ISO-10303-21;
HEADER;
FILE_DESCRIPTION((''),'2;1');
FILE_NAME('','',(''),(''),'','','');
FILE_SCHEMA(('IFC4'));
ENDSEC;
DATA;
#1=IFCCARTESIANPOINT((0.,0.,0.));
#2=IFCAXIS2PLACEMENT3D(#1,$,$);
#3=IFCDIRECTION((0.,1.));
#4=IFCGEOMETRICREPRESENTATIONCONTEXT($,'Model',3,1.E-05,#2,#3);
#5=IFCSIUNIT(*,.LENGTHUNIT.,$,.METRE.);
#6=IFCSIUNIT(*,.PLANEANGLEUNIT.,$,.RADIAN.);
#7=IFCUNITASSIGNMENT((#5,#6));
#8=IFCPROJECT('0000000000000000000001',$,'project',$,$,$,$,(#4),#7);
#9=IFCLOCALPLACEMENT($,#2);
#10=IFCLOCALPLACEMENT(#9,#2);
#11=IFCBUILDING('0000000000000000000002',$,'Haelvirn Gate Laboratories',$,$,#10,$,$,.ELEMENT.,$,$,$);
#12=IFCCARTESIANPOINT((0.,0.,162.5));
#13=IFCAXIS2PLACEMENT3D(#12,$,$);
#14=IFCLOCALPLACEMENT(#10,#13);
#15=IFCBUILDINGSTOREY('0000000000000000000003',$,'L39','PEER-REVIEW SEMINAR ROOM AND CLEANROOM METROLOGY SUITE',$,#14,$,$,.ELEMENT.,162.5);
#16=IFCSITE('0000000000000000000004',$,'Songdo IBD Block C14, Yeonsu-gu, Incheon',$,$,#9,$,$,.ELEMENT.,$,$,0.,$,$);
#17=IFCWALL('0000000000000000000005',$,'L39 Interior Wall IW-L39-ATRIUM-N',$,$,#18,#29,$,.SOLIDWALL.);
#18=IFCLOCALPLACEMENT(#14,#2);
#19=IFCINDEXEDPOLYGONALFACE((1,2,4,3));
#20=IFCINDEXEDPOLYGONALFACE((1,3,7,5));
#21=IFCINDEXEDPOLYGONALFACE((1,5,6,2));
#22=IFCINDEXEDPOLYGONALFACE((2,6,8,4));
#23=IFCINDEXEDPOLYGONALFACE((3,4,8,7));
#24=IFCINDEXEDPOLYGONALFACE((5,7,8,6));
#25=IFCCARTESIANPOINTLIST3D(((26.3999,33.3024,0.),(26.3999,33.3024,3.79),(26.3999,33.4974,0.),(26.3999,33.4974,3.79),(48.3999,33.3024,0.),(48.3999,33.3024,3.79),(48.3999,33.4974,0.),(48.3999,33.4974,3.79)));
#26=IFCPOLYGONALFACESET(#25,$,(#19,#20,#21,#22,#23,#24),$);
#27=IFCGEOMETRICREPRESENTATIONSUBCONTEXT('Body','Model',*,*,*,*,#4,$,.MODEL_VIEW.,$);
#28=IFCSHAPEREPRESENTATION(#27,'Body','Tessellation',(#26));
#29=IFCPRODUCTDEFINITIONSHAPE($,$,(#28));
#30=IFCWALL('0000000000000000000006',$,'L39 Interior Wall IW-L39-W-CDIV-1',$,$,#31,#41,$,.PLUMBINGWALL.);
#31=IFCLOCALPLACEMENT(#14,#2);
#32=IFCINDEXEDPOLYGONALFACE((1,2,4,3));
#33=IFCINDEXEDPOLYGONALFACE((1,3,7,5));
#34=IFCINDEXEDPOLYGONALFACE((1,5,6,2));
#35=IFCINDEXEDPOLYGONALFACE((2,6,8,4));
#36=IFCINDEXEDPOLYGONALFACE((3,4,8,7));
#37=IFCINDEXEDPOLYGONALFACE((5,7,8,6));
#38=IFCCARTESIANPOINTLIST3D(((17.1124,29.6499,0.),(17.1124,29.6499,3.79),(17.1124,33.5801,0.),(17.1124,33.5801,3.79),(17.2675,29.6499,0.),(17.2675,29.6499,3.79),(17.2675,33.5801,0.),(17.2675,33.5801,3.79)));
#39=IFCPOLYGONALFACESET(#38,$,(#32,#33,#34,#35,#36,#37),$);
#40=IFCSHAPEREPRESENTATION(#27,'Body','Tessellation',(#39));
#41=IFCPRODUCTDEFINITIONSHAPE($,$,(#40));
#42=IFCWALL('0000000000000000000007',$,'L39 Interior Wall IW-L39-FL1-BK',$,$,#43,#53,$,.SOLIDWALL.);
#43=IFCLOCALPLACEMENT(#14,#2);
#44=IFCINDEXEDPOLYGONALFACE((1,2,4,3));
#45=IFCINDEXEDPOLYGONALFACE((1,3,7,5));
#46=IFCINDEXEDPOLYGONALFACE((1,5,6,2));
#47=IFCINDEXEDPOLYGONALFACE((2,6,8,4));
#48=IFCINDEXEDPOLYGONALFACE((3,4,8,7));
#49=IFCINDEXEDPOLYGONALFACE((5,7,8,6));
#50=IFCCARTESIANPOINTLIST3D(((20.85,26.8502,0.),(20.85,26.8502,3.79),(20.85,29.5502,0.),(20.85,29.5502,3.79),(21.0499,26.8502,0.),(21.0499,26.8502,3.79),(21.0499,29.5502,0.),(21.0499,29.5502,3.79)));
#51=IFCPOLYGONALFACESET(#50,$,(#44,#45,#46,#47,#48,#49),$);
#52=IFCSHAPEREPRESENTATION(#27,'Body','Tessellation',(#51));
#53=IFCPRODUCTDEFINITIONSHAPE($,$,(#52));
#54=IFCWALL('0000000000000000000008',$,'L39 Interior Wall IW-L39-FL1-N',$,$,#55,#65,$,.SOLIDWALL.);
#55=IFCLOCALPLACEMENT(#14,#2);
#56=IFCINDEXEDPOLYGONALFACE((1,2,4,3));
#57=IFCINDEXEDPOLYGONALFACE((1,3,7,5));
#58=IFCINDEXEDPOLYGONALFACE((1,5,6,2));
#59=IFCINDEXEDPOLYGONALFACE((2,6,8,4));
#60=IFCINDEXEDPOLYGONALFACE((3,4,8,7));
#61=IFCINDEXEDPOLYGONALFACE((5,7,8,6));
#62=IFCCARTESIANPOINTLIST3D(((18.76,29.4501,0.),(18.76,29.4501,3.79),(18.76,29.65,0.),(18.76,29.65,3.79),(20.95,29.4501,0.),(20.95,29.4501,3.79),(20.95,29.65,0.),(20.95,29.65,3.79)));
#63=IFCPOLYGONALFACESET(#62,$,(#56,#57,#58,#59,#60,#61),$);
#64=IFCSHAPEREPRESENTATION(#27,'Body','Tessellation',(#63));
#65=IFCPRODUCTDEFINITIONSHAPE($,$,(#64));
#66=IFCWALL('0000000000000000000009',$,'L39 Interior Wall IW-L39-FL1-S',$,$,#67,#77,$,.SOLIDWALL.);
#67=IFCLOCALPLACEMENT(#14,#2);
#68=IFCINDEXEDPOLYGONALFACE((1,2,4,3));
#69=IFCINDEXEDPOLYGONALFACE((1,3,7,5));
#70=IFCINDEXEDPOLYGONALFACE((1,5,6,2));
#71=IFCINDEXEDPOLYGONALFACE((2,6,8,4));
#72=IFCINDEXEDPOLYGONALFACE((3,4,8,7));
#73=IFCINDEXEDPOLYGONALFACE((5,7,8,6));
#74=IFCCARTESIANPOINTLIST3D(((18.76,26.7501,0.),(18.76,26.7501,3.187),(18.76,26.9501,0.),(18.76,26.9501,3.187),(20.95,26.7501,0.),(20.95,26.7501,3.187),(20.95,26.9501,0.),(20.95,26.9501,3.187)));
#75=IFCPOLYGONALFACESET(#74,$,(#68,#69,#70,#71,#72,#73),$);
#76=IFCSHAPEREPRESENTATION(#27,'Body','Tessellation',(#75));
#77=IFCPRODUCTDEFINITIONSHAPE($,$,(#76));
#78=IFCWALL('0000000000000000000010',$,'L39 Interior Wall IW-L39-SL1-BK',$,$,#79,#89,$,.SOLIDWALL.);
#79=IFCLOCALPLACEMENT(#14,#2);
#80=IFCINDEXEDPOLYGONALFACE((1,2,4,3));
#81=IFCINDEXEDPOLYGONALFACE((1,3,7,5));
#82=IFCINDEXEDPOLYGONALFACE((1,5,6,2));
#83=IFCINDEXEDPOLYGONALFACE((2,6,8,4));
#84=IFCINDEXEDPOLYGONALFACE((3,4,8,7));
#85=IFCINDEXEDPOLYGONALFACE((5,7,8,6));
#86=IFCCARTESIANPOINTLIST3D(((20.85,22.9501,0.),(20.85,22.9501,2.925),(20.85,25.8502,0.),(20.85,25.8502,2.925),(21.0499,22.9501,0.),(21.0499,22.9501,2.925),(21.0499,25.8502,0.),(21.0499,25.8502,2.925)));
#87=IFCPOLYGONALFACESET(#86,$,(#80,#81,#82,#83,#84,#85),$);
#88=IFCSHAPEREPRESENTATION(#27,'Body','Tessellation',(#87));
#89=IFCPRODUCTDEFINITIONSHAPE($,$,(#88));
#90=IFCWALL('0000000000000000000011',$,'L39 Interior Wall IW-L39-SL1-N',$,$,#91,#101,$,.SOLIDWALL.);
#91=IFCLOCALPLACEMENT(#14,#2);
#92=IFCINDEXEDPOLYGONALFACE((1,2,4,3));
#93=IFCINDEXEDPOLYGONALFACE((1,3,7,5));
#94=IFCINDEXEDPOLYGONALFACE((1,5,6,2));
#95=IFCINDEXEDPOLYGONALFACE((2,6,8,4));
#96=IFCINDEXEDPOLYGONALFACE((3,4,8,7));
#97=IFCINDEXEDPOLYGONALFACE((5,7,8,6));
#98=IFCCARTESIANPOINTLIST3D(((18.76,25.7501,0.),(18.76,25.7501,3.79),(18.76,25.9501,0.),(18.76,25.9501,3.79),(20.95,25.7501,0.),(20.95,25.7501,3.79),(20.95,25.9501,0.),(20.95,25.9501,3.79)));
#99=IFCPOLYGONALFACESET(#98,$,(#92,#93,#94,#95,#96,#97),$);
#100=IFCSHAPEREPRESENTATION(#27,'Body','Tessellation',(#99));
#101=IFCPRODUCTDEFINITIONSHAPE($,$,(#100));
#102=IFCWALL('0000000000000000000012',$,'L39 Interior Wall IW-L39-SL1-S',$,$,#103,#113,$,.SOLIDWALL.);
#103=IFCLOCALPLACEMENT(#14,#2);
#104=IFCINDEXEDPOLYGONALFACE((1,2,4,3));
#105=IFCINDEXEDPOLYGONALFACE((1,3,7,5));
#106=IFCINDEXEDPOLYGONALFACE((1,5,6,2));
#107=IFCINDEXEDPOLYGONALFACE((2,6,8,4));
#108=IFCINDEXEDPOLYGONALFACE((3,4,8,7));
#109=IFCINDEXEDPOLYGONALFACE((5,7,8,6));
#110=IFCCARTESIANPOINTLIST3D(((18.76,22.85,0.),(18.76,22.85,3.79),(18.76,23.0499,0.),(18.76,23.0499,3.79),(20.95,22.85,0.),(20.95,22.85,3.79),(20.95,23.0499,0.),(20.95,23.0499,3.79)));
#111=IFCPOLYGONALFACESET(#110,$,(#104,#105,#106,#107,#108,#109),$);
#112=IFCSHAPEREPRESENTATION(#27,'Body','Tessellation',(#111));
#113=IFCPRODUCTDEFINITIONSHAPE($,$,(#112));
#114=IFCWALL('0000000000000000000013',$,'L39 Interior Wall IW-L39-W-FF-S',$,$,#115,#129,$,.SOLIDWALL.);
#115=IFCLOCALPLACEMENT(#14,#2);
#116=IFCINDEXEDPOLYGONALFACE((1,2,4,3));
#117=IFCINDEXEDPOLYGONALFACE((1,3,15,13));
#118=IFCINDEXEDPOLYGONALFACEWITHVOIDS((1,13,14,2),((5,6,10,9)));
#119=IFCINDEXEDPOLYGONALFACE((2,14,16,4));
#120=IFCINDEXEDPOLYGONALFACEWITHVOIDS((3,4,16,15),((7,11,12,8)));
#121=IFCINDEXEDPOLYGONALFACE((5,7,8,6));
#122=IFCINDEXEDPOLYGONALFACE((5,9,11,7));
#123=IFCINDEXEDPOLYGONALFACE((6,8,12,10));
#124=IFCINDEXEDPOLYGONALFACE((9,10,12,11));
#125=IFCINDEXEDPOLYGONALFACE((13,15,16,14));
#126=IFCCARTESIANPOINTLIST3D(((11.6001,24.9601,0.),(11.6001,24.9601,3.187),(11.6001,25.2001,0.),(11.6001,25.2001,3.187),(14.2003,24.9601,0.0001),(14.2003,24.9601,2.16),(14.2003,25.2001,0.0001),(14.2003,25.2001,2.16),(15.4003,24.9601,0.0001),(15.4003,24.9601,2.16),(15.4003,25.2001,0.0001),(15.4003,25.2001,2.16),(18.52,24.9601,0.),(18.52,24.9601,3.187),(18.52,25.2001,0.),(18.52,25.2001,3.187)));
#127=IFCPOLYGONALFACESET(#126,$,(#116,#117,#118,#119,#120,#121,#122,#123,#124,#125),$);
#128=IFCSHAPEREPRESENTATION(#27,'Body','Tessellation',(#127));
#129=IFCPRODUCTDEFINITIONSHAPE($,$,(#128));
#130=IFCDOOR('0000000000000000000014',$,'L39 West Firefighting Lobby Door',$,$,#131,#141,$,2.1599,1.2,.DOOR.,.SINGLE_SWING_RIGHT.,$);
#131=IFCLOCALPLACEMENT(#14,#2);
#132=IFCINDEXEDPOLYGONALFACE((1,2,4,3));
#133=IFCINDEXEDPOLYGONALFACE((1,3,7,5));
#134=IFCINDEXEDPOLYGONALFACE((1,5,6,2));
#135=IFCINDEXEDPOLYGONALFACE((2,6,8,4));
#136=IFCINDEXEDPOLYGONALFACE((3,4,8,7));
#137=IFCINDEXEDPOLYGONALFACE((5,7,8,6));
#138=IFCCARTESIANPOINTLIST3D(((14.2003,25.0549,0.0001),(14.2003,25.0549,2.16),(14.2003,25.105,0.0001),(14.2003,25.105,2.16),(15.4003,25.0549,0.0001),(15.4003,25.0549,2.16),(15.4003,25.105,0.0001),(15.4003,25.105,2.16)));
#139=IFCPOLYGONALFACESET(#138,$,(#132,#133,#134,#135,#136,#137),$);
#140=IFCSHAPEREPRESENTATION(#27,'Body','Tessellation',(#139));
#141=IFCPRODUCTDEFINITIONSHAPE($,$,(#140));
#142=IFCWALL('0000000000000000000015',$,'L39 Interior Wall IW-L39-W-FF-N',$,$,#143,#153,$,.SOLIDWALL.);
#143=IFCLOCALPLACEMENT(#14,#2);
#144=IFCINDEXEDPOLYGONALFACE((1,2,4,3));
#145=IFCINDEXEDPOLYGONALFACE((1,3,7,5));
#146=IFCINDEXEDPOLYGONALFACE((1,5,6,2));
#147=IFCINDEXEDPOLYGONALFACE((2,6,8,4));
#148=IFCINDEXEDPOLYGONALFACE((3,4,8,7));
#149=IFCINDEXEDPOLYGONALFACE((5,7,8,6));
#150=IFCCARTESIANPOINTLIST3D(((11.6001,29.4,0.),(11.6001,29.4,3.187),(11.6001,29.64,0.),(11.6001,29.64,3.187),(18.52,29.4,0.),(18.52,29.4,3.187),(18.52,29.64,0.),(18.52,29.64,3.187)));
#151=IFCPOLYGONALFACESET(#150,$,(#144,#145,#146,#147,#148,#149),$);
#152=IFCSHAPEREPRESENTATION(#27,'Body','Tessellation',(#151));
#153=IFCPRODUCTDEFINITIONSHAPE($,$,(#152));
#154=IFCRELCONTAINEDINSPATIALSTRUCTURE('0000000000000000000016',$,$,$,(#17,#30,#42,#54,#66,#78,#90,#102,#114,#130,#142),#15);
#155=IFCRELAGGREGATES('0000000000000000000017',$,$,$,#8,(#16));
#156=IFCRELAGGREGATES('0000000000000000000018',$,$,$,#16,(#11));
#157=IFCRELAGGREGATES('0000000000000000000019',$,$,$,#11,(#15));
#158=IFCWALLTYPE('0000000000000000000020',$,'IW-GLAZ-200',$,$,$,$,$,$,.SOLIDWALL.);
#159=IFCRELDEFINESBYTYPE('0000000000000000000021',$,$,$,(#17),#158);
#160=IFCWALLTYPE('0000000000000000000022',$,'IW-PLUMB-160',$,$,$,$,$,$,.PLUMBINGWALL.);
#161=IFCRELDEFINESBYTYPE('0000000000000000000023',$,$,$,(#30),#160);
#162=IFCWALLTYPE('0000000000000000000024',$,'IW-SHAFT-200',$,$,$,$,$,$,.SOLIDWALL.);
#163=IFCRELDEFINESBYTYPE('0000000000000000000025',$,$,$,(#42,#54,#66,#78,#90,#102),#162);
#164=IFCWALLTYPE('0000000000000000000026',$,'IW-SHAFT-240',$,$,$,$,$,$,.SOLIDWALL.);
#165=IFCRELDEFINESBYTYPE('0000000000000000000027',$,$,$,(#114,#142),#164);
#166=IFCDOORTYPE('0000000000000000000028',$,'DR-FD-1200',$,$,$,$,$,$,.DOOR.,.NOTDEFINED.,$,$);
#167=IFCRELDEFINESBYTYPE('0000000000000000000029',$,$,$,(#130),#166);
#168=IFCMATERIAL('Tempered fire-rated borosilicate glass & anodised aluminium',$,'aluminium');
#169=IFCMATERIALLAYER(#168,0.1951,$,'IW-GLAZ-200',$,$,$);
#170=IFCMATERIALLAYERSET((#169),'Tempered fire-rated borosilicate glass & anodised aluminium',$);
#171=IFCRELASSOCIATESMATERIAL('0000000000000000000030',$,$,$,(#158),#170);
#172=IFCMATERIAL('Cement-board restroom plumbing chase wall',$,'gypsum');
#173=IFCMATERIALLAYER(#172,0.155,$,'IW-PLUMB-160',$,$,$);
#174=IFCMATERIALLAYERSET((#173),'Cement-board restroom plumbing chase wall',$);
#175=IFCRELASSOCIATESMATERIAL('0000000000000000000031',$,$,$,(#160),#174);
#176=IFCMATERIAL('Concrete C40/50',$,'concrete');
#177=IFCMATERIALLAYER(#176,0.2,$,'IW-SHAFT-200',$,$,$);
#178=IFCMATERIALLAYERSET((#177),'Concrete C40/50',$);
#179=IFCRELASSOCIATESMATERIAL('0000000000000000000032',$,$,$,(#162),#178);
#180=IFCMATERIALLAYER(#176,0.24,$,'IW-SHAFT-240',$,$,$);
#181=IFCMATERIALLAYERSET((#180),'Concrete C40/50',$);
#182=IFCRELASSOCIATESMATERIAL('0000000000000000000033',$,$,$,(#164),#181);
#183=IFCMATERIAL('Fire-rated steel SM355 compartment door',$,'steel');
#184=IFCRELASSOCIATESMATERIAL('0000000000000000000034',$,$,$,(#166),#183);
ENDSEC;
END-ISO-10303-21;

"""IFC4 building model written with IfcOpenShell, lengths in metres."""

from ifc_helpers import new_model, si_unit, direction, frame, frame_2d, origin, place, context, subcontext, project, spatial, rectangle, extrude, source, transform, mapped, material, layer, layer_set, type_object, type_shapes, element, fill, save


model = new_model("IFC4")

# Units and contexts
model_context = context("Model", 3, precision=1e-05, world=origin(), true_north=direction((0.0, 1.0)))
body_context = subcontext(model_context, "Body", "Model", "MODEL_VIEW")
ifc_project = project(units=[si_unit("LENGTHUNIT", "METRE"), si_unit("PLANEANGLEUNIT", "RADIAN")], contexts=[model_context])

# Site, building, storey
site_placement = place(None, origin())
site = spatial("IfcSite", under=ifc_project, at=site_placement, Name="Songdo IBD Block C14, Yeonsu-gu, Incheon", CompositionType="ELEMENT", RefElevation=0.0)
building_placement = place(site_placement, origin())
building = spatial("IfcBuilding", under=site, at=building_placement, Name="Haelvirn Gate Laboratories", CompositionType="ELEMENT")
storey_placement = place(building_placement, frame((0.0, 0.0, 162.5)))
storey = spatial("IfcBuildingStorey", under=building, at=storey_placement, Name="L39", Description="PEER-REVIEW SEMINAR ROOM AND CLEANROOM METROLOGY SUITE", CompositionType="ELEMENT", Elevation=162.5)

# Walls
ifc_material_1 = material(Name="Tempered fire-rated borosilicate glass & anodised aluminium", Category="aluminium")
ifc_layer_1 = layer(ifc_material_1, 0.1951, Name="IW-GLAZ-200")
ifc_layer_set_1 = layer_set([ifc_layer_1], Name="Tempered fire-rated borosilicate glass & anodised aluminium")
wall_type_1 = type_object("IfcWallType", Name="IW-GLAZ-200", PredefinedType="SOLIDWALL", material=ifc_layer_set_1)
wall_1_placement = place(storey_placement, frame((26.3999, 33.3999, 0.0), z_axis=(0.0, 0.0, 1.0), x_axis=(1.0, 0.0, 0.0)))
element("IfcWall", 1, at=wall_1_placement, inside=storey, type_object=wall_type_1, Name="L39 Interior Wall IW-L39-ATRIUM-N", PredefinedType="SOLIDWALL", context=body_context, shape_type="SweptSolid", body=[
    extrude(rectangle(XDim=22.0, YDim=0.1951, at=frame_2d((11.0, 0.0))), origin(), (0.0, 0.0, 1.0), 3.79),
])
ifc_material_2 = material(Name="Cement-board restroom plumbing chase wall", Category="gypsum")
ifc_layer_2 = layer(ifc_material_2, 0.155, Name="IW-PLUMB-160")
ifc_layer_set_2 = layer_set([ifc_layer_2], Name="Cement-board restroom plumbing chase wall")
wall_type_2 = type_object("IfcWallType", Name="IW-PLUMB-160", PredefinedType="PLUMBINGWALL", material=ifc_layer_set_2)
wall_2_placement = place(storey_placement, frame((17.1899, 29.6499, 0.0), z_axis=(0.0, 0.0, 1.0), x_axis=(0.0, 1.0, 0.0)))
element("IfcWall", 2, at=wall_2_placement, inside=storey, type_object=wall_type_2, Name="L39 Interior Wall IW-L39-W-CDIV-1", PredefinedType="PLUMBINGWALL", context=body_context, shape_type="SweptSolid", body=[
    extrude(rectangle(XDim=3.9302, YDim=0.155, at=frame_2d((1.9651, 0.0))), origin(), (0.0, 0.0, 1.0), 3.79),
])
ifc_material_3 = material(Name="Concrete C40/50", Category="concrete")
ifc_layer_3 = layer(ifc_material_3, 0.2, Name="IW-SHAFT-200")
ifc_layer_set_3 = layer_set([ifc_layer_3], Name="Concrete C40/50")
wall_type_3 = type_object("IfcWallType", Name="IW-SHAFT-200", PredefinedType="SOLIDWALL", material=ifc_layer_set_3)
wall_3_placement = place(storey_placement, frame((20.95, 26.8501, 0.0), z_axis=(0.0, 0.0, 1.0), x_axis=(0.0, 1.0, 0.0)))
element("IfcWall", 3, at=wall_3_placement, inside=storey, type_object=wall_type_3, Name="L39 Interior Wall IW-L39-FL1-BK", PredefinedType="SOLIDWALL", context=body_context, shape_type="SweptSolid", body=[
    extrude(rectangle(XDim=2.7, YDim=0.2, at=frame_2d((1.3501, 0.0))), origin(), (0.0, 0.0, 1.0), 3.79),
])
wall_4_placement = place(storey_placement, frame((18.76, 29.55, 0.0), z_axis=(0.0, 0.0, 1.0), x_axis=(1.0, 0.0, 0.0)))
element("IfcWall", 4, at=wall_4_placement, inside=storey, type_object=wall_type_3, Name="L39 Interior Wall IW-L39-FL1-N", PredefinedType="SOLIDWALL", context=body_context, shape_type="SweptSolid", body=[
    extrude(rectangle(XDim=2.1899, YDim=0.2, at=frame_2d((1.095, 0.0))), origin(), (0.0, 0.0, 1.0), 3.79),
])
wall_5_placement = place(storey_placement, frame((18.76, 26.8501, 0.0), z_axis=(0.0, 0.0, 1.0), x_axis=(1.0, 0.0, 0.0)))
element("IfcWall", 5, at=wall_5_placement, inside=storey, type_object=wall_type_3, Name="L39 Interior Wall IW-L39-FL1-S", PredefinedType="SOLIDWALL", context=body_context, shape_type="SweptSolid", body=[
    extrude(rectangle(XDim=2.1899, YDim=0.2, at=frame_2d((1.095, 0.0))), origin(), (0.0, 0.0, 1.0), 3.187),
])
wall_6_placement = place(storey_placement, frame((20.95, 22.95, 0.0), z_axis=(0.0, 0.0, 1.0), x_axis=(0.0, 1.0, 0.0)))
element("IfcWall", 6, at=wall_6_placement, inside=storey, type_object=wall_type_3, Name="L39 Interior Wall IW-L39-SL1-BK", PredefinedType="SOLIDWALL", context=body_context, shape_type="SweptSolid", body=[
    extrude(rectangle(XDim=2.9001, YDim=0.2, at=frame_2d((1.4502, 0.0))), origin(), (0.0, 0.0, 1.0), 2.925),
])
for number, where, z_axis, x_axis, name in (
    (7, (18.76, 25.8501, 0.0), (0.0, 0.0, 1.0), (1.0, 0.0, 0.0), "L39 Interior Wall IW-L39-SL1-N"),
    (8, (18.76, 22.95, 0.0), (0.0, 0.0, 1.0), (1.0, 0.0, 0.0), "L39 Interior Wall IW-L39-SL1-S"),
):
    element("IfcWall", number, at=place(storey_placement, frame(where, z_axis=z_axis, x_axis=x_axis)), inside=storey, type_object=wall_type_3, Name=name, PredefinedType="SOLIDWALL", context=body_context, shape_type="SweptSolid", body=[
        extrude(rectangle(XDim=2.1899, YDim=0.2, at=frame_2d((1.095, 0.0))), origin(), (0.0, 0.0, 1.0), 3.79),
    ])

# Wall, opening, door
ifc_layer_4 = layer(ifc_material_3, 0.24, Name="IW-SHAFT-240")
ifc_layer_set_4 = layer_set([ifc_layer_4], Name="Concrete C40/50")
wall_type_4 = type_object("IfcWallType", Name="IW-SHAFT-240", PredefinedType="SOLIDWALL", material=ifc_layer_set_4)
wall_7_placement = place(storey_placement, frame((11.6001, 25.0801, 0.0), z_axis=(0.0, 0.0, 1.0), x_axis=(1.0, 0.0, 0.0)))
wall_7 = element("IfcWall", 9, at=wall_7_placement, inside=storey, type_object=wall_type_4, Name="L39 Interior Wall IW-L39-W-FF-S", PredefinedType="SOLIDWALL", context=body_context, shape_type="SweptSolid", body=[
    extrude(rectangle(XDim=6.9199, YDim=0.24, at=frame_2d((3.46, 0.0))), origin(), (0.0, 0.0, 1.0), 3.187),
])
opening_1_placement = place(wall_7_placement, frame((2.6001, 0.0, 0.0)))
opening_1 = element("IfcOpeningElement", 10, at=opening_1_placement, cuts=wall_7, PredefinedType="OPENING", context=body_context, shape_type="SweptSolid", body=[
    extrude(rectangle(XDim=1.2, YDim=2.1599, at=frame_2d((0.6001, 1.0801))), frame((0.0, 0.1299, 0.0), z_axis=(0.0, -1.0, 0.0), x_axis=(1.0, 0.0, 0.0)), (0.0, 0.0, 1.0), 0.26),
])
ifc_material_4 = material(Name="Fire-rated steel SM355 compartment door", Category="steel")
door_type_1 = type_object("IfcDoorType", Name="DR-FD-1200", OperationType="NOTDEFINED", PredefinedType="DOOR", material=ifc_material_4)
shared_shape_1 = source(origin(), body_context, "Body", "SweptSolid", [
    extrude(rectangle(XDim=1.2, YDim=2.1599, at=frame_2d((0.6001, 1.0801))), frame((0.0, 0.0249, 0.0), z_axis=(0.0, -1.0, 0.0), x_axis=(1.0, 0.0, 0.0)), (0.0, 0.0, 1.0), 0.05),
])
type_shapes(door_type_1, [shared_shape_1])
door_1_placement = place(opening_1_placement, origin())
door_1 = element("IfcDoor", 11, at=door_1_placement, inside=storey, type_object=door_type_1, Name="L39 West Firefighting Lobby Door", OperationType="SINGLE_SWING_RIGHT", OverallHeight=2.1599, OverallWidth=1.2, PredefinedType="DOOR", context=body_context, shape_type="MappedRepresentation", body=[
    mapped(shared_shape_1, transform((0.0, 0.0, 0.0), scale=1.0)),
])
fill(opening_1, door_1)

# Wall
wall_8_placement = place(storey_placement, frame((11.6001, 29.52, 0.0), z_axis=(0.0, 0.0, 1.0), x_axis=(1.0, 0.0, 0.0)))
element("IfcWall", 12, at=wall_8_placement, inside=storey, type_object=wall_type_4, Name="L39 Interior Wall IW-L39-W-FF-N", PredefinedType="SOLIDWALL", context=body_context, shape_type="SweptSolid", body=[
    extrude(rectangle(XDim=6.9199, YDim=0.24, at=frame_2d((3.46, 0.0))), origin(), (0.0, 0.0, 1.0), 3.187),
])

save(model, "model.ifc")
